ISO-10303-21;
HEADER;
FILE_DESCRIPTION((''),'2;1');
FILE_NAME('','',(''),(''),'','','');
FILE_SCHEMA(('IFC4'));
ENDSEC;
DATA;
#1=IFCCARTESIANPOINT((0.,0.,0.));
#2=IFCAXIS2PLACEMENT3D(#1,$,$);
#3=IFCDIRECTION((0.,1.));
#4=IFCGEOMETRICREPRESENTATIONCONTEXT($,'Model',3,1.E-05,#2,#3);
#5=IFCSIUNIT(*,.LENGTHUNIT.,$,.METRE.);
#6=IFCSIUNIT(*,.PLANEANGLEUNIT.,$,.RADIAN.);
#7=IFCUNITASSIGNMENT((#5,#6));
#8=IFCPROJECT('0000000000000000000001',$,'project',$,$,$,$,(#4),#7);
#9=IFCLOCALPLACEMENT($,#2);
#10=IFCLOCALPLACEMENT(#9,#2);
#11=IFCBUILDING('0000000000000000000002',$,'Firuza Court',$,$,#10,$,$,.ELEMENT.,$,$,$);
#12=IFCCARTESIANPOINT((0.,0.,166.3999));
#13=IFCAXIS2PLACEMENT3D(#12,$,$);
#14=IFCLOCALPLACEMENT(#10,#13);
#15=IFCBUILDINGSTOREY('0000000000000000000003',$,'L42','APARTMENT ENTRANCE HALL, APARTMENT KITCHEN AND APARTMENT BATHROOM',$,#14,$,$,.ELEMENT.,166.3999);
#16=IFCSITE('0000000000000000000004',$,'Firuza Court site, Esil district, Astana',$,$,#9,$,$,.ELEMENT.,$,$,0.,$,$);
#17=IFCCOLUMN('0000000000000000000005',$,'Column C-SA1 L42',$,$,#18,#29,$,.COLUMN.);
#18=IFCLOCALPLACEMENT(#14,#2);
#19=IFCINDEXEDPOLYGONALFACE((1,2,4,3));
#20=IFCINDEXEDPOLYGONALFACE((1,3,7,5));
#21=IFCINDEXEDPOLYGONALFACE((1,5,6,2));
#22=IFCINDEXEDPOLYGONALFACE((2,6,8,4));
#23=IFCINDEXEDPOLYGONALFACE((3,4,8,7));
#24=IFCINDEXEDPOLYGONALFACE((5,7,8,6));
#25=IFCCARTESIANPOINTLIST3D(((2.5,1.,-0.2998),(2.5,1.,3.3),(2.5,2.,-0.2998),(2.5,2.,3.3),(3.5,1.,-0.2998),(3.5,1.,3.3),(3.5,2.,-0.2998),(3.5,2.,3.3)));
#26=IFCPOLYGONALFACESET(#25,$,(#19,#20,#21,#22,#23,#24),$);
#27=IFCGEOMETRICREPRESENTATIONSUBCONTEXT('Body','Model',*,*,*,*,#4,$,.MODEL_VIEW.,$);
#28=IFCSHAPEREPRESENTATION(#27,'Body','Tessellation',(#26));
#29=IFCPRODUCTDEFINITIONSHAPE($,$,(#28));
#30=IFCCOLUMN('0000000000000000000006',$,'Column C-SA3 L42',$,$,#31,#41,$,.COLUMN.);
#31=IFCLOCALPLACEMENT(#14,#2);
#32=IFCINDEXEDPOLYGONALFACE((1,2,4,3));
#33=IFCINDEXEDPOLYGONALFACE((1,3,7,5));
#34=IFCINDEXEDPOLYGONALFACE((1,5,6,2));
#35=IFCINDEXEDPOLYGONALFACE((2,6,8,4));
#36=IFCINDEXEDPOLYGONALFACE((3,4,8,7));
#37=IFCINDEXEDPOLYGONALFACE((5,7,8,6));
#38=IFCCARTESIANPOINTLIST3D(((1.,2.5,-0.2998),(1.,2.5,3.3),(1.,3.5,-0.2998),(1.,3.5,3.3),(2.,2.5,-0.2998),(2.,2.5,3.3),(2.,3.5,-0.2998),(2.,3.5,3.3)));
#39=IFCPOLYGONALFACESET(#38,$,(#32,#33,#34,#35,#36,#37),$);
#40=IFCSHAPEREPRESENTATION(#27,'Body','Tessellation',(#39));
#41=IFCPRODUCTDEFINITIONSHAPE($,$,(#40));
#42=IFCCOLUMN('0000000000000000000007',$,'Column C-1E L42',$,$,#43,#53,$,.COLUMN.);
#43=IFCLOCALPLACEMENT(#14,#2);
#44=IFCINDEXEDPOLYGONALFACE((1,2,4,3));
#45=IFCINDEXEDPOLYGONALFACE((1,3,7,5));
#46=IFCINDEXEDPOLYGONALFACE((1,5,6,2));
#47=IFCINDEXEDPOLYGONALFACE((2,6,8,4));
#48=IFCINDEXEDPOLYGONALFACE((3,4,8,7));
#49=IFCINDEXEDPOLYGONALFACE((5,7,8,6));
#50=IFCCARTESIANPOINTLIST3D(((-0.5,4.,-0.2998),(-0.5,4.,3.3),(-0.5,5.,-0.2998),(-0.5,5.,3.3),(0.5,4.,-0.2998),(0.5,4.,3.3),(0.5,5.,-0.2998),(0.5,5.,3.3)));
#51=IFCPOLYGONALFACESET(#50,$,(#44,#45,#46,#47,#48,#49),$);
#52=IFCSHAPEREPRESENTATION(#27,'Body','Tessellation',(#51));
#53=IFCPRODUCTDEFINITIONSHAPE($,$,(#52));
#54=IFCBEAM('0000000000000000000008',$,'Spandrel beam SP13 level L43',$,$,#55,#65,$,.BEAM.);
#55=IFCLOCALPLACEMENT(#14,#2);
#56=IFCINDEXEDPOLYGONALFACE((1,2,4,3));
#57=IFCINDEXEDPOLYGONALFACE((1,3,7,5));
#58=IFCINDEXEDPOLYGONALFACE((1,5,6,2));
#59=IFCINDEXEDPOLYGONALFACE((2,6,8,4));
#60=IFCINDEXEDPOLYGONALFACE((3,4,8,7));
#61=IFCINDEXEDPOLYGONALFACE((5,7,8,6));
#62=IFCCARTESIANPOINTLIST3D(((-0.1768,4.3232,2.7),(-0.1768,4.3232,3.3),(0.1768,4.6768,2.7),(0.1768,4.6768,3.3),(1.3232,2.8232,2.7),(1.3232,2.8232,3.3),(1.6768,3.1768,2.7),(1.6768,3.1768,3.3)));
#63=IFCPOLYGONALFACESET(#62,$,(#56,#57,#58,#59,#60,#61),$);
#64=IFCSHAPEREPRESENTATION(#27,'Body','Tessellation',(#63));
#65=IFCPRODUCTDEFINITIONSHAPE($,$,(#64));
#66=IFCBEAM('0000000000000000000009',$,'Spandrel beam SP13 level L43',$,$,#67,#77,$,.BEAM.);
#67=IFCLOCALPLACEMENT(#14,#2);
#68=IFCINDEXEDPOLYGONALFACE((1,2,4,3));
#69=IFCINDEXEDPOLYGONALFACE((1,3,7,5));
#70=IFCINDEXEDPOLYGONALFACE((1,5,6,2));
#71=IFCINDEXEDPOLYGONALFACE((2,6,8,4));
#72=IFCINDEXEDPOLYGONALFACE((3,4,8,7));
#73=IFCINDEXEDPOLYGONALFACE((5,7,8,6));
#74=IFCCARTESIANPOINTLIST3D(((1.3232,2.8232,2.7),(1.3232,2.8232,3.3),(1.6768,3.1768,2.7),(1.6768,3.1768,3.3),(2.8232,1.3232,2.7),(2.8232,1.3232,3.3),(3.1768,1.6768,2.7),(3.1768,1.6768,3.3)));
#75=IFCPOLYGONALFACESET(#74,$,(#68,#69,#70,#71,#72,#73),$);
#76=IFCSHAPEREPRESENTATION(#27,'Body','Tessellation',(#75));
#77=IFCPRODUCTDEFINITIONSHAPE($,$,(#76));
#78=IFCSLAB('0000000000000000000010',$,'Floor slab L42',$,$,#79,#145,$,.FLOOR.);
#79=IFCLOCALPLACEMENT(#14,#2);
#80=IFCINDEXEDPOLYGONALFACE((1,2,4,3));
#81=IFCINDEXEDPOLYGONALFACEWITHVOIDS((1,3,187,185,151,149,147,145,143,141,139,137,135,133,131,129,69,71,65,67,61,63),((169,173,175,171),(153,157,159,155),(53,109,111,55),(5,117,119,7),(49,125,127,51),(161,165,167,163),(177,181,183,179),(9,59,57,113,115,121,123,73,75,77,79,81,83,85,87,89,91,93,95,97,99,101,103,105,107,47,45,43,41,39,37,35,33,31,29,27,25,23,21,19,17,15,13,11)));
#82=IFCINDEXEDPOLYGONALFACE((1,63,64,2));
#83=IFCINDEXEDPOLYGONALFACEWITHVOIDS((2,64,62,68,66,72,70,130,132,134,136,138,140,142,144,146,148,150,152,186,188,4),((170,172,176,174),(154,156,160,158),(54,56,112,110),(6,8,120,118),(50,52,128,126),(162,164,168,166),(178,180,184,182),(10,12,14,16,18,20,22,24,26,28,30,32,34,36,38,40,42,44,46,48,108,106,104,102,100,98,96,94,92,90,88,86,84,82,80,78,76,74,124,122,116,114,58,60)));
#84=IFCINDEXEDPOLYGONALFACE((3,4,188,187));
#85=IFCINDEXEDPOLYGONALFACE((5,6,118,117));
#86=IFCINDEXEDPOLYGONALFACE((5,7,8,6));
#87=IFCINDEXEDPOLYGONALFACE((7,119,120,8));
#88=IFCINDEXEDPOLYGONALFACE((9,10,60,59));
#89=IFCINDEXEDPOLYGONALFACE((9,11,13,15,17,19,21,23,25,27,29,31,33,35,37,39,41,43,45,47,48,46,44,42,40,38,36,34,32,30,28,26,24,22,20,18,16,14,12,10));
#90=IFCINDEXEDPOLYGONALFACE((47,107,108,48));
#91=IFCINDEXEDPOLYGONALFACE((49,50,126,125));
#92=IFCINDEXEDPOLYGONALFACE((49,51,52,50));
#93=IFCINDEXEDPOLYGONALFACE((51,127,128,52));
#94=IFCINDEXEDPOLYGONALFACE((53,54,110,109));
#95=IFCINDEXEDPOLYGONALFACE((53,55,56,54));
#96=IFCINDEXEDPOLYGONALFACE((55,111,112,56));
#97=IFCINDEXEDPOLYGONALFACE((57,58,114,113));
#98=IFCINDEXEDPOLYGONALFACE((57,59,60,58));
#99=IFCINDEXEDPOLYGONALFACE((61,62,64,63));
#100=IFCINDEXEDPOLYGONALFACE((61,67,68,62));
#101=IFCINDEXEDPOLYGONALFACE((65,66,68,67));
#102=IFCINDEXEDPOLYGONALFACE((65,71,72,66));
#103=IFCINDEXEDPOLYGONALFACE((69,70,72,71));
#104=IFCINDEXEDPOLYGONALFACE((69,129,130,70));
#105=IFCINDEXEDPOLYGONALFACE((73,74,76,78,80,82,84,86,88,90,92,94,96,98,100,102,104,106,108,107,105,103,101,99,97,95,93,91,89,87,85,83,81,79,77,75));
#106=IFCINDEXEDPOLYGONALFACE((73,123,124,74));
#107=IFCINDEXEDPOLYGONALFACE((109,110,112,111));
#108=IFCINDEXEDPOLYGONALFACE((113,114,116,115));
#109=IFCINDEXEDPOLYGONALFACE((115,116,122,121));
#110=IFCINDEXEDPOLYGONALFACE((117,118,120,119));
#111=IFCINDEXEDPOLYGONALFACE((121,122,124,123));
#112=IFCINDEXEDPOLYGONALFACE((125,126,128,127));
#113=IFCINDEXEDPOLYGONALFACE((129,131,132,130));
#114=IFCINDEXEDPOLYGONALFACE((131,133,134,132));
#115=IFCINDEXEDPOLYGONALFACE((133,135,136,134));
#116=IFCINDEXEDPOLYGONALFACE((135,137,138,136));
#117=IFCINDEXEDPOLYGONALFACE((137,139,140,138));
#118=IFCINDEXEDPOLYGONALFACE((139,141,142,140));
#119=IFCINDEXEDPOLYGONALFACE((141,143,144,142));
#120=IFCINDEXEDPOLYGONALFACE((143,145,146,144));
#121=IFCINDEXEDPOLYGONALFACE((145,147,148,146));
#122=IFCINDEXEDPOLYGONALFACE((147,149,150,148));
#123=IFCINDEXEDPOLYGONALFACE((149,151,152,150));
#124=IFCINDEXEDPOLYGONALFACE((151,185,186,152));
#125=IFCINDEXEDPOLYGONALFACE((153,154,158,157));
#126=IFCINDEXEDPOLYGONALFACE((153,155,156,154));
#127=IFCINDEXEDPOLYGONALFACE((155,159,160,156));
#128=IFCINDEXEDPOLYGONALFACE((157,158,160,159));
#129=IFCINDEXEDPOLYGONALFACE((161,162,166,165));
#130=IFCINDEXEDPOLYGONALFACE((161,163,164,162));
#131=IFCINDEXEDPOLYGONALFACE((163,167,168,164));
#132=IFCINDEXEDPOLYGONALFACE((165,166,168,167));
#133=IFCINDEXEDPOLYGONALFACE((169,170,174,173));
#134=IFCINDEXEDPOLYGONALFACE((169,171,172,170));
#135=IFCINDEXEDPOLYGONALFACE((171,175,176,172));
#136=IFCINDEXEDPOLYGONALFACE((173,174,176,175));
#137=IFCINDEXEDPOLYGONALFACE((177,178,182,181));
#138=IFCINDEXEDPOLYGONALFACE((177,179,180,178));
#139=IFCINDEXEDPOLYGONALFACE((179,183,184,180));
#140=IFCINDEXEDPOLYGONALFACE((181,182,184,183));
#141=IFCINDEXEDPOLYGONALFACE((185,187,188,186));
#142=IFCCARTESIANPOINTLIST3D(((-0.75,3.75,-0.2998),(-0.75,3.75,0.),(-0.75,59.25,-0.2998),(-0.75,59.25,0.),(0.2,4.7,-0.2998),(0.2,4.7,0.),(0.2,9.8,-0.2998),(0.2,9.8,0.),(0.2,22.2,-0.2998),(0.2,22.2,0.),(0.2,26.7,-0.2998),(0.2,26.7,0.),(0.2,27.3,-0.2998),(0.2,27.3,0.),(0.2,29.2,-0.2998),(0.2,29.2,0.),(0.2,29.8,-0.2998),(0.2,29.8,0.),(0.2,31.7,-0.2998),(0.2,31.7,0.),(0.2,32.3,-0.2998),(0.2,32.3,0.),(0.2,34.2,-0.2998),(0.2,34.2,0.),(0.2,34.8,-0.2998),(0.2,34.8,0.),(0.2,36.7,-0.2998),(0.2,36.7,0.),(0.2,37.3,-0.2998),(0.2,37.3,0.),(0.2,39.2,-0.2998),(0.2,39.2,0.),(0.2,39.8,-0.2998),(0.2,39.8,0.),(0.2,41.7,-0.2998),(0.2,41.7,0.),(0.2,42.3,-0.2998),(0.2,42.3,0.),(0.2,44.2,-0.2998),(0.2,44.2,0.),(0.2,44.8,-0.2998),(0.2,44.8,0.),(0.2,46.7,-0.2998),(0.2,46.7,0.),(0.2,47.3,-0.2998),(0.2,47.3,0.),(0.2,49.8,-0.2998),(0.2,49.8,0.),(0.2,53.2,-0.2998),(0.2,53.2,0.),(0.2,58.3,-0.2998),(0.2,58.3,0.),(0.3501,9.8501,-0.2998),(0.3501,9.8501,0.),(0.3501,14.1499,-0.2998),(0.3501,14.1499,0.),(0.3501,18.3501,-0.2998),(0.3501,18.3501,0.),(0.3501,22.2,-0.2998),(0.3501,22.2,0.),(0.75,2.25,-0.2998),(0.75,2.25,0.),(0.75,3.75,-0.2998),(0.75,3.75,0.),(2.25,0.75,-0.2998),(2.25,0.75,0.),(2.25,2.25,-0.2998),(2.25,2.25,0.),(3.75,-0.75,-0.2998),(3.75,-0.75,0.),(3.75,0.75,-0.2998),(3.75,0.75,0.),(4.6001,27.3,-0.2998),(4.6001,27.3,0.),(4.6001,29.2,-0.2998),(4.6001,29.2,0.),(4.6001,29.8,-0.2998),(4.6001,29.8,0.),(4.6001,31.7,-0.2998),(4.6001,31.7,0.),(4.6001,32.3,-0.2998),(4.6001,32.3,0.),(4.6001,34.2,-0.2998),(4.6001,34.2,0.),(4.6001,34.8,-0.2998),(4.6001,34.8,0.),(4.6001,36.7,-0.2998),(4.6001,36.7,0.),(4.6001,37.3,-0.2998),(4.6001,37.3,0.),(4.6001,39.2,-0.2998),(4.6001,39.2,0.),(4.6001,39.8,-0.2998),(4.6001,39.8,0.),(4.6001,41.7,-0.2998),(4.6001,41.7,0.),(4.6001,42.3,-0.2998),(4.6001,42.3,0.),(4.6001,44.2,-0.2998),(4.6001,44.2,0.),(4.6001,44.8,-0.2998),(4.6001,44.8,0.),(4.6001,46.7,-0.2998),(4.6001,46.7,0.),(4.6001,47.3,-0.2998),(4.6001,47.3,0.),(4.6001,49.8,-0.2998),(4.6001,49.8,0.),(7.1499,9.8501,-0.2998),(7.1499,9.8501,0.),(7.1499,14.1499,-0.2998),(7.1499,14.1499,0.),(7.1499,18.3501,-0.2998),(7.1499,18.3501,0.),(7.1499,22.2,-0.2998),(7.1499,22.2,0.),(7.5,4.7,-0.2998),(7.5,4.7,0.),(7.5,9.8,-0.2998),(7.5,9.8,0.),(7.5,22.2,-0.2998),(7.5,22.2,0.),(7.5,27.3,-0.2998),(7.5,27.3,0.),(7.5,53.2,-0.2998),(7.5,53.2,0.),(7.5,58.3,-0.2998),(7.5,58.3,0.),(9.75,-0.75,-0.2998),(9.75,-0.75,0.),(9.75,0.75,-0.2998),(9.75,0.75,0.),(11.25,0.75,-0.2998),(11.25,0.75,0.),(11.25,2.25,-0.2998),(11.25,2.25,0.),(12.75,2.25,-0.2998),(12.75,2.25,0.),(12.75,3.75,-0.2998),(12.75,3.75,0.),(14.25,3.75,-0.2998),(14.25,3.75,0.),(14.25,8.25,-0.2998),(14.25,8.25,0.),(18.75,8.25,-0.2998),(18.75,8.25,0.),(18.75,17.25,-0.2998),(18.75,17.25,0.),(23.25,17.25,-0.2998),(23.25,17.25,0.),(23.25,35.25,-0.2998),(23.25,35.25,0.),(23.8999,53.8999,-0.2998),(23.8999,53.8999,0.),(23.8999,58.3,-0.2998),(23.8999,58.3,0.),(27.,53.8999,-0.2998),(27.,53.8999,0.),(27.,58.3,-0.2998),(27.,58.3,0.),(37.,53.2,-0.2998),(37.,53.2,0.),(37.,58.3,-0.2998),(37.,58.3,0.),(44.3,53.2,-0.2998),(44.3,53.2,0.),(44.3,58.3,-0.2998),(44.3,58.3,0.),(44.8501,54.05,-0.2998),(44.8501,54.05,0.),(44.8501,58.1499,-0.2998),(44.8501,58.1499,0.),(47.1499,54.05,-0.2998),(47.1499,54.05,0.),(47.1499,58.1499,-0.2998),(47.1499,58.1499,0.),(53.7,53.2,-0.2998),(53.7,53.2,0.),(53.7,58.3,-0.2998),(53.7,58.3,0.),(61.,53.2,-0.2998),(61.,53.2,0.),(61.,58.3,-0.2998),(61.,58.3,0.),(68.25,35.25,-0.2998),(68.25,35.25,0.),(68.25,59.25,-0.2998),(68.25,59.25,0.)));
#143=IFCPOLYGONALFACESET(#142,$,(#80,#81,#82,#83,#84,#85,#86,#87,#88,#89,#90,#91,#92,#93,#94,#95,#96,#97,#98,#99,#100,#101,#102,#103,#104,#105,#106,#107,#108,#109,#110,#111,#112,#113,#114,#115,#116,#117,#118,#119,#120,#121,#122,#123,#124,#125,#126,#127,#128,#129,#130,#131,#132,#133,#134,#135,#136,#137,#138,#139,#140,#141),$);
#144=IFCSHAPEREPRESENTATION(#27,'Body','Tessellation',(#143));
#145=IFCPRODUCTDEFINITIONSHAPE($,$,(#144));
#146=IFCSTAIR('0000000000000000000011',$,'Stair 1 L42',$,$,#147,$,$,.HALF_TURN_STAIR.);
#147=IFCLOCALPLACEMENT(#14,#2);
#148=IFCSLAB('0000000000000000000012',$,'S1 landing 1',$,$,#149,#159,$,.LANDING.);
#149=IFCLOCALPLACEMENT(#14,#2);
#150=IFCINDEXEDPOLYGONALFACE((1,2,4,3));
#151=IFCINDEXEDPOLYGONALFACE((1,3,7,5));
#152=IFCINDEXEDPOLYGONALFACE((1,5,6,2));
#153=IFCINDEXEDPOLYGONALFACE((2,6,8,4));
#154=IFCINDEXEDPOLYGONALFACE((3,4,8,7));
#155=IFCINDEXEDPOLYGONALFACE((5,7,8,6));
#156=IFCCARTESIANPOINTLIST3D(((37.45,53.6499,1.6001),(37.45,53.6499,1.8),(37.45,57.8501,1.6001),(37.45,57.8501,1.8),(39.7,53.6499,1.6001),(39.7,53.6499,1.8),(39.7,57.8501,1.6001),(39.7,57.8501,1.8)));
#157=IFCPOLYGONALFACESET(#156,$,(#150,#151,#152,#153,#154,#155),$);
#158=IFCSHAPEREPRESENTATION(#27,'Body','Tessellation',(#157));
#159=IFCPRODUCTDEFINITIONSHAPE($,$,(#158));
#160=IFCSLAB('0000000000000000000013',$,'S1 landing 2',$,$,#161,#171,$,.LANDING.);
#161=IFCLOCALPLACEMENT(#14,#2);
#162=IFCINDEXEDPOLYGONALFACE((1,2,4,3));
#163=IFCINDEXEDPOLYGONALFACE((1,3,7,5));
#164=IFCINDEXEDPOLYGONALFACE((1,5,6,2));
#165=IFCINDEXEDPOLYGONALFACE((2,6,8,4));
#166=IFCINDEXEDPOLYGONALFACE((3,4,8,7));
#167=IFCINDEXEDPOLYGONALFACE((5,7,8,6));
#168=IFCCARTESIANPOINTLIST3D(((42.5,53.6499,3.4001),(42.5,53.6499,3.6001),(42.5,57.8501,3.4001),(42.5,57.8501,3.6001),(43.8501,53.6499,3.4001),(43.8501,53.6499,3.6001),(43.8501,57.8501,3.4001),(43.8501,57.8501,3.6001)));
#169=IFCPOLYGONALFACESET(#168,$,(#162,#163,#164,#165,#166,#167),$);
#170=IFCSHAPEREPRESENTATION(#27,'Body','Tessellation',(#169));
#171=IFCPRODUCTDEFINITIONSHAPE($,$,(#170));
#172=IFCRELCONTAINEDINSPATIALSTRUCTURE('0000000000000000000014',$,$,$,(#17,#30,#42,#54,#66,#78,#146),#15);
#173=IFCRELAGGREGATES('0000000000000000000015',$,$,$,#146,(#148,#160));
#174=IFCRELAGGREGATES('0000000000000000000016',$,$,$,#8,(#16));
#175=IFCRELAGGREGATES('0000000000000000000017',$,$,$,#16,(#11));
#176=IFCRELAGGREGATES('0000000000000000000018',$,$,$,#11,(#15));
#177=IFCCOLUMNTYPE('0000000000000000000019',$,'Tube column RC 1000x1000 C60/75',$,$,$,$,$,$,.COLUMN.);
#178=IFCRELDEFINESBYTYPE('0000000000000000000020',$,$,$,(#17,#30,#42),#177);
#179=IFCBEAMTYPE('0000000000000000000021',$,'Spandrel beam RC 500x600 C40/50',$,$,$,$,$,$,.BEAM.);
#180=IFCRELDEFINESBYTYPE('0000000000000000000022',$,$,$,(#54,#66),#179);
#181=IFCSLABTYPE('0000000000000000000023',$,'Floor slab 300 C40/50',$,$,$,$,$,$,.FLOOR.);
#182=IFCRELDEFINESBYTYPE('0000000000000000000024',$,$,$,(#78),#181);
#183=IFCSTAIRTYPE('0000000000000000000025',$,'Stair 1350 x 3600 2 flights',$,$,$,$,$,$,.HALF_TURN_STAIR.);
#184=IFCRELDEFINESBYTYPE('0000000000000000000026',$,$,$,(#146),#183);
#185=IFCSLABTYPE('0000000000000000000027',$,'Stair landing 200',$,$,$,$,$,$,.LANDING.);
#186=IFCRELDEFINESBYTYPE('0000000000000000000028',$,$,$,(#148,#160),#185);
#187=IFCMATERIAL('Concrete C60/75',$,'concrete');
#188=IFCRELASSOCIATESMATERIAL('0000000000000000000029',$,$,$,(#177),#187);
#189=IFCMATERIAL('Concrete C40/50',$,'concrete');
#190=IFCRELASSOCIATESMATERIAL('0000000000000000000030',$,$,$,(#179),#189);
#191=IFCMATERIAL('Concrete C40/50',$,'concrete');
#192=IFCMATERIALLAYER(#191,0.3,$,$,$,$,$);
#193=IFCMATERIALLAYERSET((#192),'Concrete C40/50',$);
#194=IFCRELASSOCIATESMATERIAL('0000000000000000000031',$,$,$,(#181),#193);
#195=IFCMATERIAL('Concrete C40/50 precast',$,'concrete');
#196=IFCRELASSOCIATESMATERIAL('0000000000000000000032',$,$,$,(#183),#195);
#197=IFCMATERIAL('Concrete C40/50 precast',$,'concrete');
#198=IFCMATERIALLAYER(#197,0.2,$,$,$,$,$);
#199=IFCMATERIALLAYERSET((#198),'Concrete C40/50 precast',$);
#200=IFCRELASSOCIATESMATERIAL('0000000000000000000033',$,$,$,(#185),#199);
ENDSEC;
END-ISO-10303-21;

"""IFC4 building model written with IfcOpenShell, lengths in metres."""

from ifc_helpers import new_model, si_unit, direction, frame, origin, origin_2d, place, context, subcontext, project, spatial, polyline, rectangle, outline, extrude, material, layer, layer_set, material_profile, profile_set, type_object, element, aggregate, save


model = new_model("IFC4")

# Units and contexts
model_context = context("Model", 3, precision=1e-05, world=origin(), true_north=direction((0.0, 1.0)))
body_context = subcontext(model_context, "Body", "Model", "MODEL_VIEW")
ifc_project = project(units=[si_unit("LENGTHUNIT", "METRE"), si_unit("PLANEANGLEUNIT", "RADIAN")], contexts=[model_context])

# Site, building, storey
site_placement = place(None, origin())
site = spatial("IfcSite", under=ifc_project, at=site_placement, Name="Firuza Court site, Esil district, Astana", CompositionType="ELEMENT", RefElevation=0.0)
building_placement = place(site_placement, origin())
building = spatial("IfcBuilding", under=site, at=building_placement, Name="Firuza Court", CompositionType="ELEMENT")
storey_placement = place(building_placement, frame((0.0, 0.0, 166.3999)))
storey = spatial("IfcBuildingStorey", under=building, at=storey_placement, Name="L42", Description="APARTMENT ENTRANCE HALL, APARTMENT KITCHEN AND APARTMENT BATHROOM", CompositionType="ELEMENT", Elevation=166.3999)

# Columns
ifc_material_1 = material(Name="Concrete C60/75", Category="concrete")
ifc_material_profile_1 = material_profile(ifc_material_1, rectangle(XDim=1.0, YDim=1.0, at=origin_2d()), Name="RC 1000x1000")
ifc_profile_set_1 = profile_set([ifc_material_profile_1], Name="Concrete C60/75")
column_type = type_object("IfcColumnType", Name="Tube column RC 1000x1000 C60/75", PredefinedType="COLUMN", material=ifc_profile_set_1)
for number, where, z_axis, x_axis, name in (
    (1, (3.0, 1.5, -0.2998), (0.0, 0.0, 1.0), (1.0, 0.0, 0.0), "Column C-SA1 L42"),
    (2, (1.5, 3.0, -0.2998), (0.0, 0.0, 1.0), (1.0, 0.0, 0.0), "Column C-SA3 L42"),
    (3, (0.0, 4.5, -0.2998), (0.0, 0.0, 1.0), (1.0, 0.0, 0.0), "Column C-1E L42"),
):
    element("IfcColumn", number, at=place(storey_placement, frame(where, z_axis=z_axis, x_axis=x_axis)), inside=storey, type_object=column_type, Name=name, PredefinedType="COLUMN", context=body_context, shape_type="SweptSolid", body=[
        extrude(rectangle(XDim=1.0, YDim=1.0, at=origin_2d()), origin(), (0.0, 0.0, 1.0), 3.5999),
    ])

# Beams
ifc_material_2 = material(Name="Concrete C40/50", Category="concrete")
ifc_material_profile_2 = material_profile(ifc_material_2, rectangle(XDim=0.5, YDim=0.6001, at=origin_2d()), Name="RC 500x600")
ifc_profile_set_2 = profile_set([ifc_material_profile_2], Name="Concrete C40/50")
beam_type = type_object("IfcBeamType", Name="Spandrel beam RC 500x600 C40/50", PredefinedType="BEAM", material=ifc_profile_set_2)
for number, where, z_axis, x_axis, name in (
    (4, (0.0, 4.5, 3.0), (0.707107, -0.707107, 0.0), (0.707107, 0.707107, 0.0), "Spandrel beam SP13 level L43"),
    (5, (1.5, 3.0, 3.0), (0.707107, -0.707107, 0.0), (0.707107, 0.707107, 0.0), "Spandrel beam SP13 level L43"),
):
    element("IfcBeam", number, at=place(storey_placement, frame(where, z_axis=z_axis, x_axis=x_axis)), inside=storey, type_object=beam_type, Name=name, PredefinedType="BEAM", context=body_context, shape_type="SweptSolid", body=[
        extrude(rectangle(XDim=0.5, YDim=0.6001, at=origin_2d()), origin(), (0.0, 0.0, 1.0), 2.1213),
    ])

# Slab
ifc_material_3 = material(Name="Concrete C40/50", Category="concrete")
ifc_layer_1 = layer(ifc_material_3, 0.3)
ifc_layer_set_1 = layer_set([ifc_layer_1], Name="Concrete C40/50")
slab_type_1 = type_object("IfcSlabType", Name="Floor slab 300 C40/50", PredefinedType="FLOOR", material=ifc_layer_set_1)
slab_1_placement = place(storey_placement, frame((0.0, 0.0, -0.2998)))
element("IfcSlab", 6, at=slab_1_placement, inside=storey, type_object=slab_type_1, Name="Floor slab L42", PredefinedType="FLOOR", context=body_context, shape_type="SweptSolid", body=[
    extrude(outline(polyline([(3.75, -0.75), (3.75, 0.75), (2.25, 0.75), (2.25, 2.25), (0.75, 2.25), (0.75, 3.75), (-0.75, 3.75), (-0.75, 59.25), (68.25, 59.25), (68.25, 35.25), (23.25, 35.25), (23.25, 17.25), (18.75, 17.25), (18.75, 8.25), (14.25, 8.25), (14.25, 3.75), (12.75, 3.75), (12.75, 2.25), (11.25, 2.25), (11.25, 0.75), (9.75, 0.75), (9.75, -0.75), (3.75, -0.75)]), holes=[polyline([(0.2, 29.8), (0.2, 29.2), (0.2, 27.3), (0.2, 26.7), (0.2, 22.2), (0.3501, 22.2), (0.3501, 18.3501), (7.1499, 18.3501), (7.1499, 22.2), (7.5, 22.2), (7.5, 27.3), (4.6001, 27.3), (4.6001, 29.2), (4.6001, 29.8), (4.6001, 31.7), (4.6001, 32.3), (4.6001, 34.2), (4.6001, 34.8), (4.6001, 36.7), (4.6001, 37.3), (4.6001, 39.2), (4.6001, 39.8), (4.6001, 41.7), (4.6001, 42.3), (4.6001, 44.2), (4.6001, 44.8), (4.6001, 46.7), (4.6001, 47.3), (4.6001, 49.8), (0.2, 49.8), (0.2, 47.3), (0.2, 46.7), (0.2, 44.8), (0.2, 44.2), (0.2, 42.3), (0.2, 41.7), (0.2, 39.8), (0.2, 39.2), (0.2, 37.3), (0.2, 36.7), (0.2, 34.8), (0.2, 34.2), (0.2, 32.3), (0.2, 31.7), (0.2, 29.8)]), polyline([(7.5, 9.8), (0.2, 9.8), (0.2, 4.7), (7.5, 4.7), (7.5, 9.8)]), polyline([(7.1499, 14.1499), (0.3501, 14.1499), (0.3501, 9.8501), (7.1499, 9.8501), (7.1499, 14.1499)]), polyline([(7.5, 58.3), (0.2, 58.3), (0.2, 53.2), (7.5, 53.2), (7.5, 58.3)]), polyline([(44.3, 58.3), (37.0, 58.3), (37.0, 53.2), (44.3, 53.2), (44.3, 58.3)]), polyline([(61.0, 58.3), (53.7, 58.3), (53.7, 53.2), (61.0, 53.2), (61.0, 58.3)]), polyline([(27.0, 53.8999), (27.0, 58.3), (23.8999, 58.3), (23.8999, 53.8999), (27.0, 53.8999)]), polyline([(47.1499, 54.05), (47.1499, 58.1499), (44.8501, 58.1499), (44.8501, 54.05), (47.1499, 54.05)])]), origin(), (0.0, 0.0, 1.0), 0.2998),
])

# Stair, slabs
ifc_material_4 = material(Name="Concrete C40/50 precast", Category="concrete")
stair_type = type_object("IfcStairType", Name="Stair 1350 x 3600 2 flights", PredefinedType="HALF_TURN_STAIR", material=ifc_material_4)
stair_1_placement = place(storey_placement, origin())
stair_1 = element("IfcStair", 7, at=stair_1_placement, inside=storey, type_object=stair_type, Name="Stair 1 L42", PredefinedType="HALF_TURN_STAIR")
ifc_material_5 = material(Name="Concrete C40/50 precast", Category="concrete")
ifc_layer_2 = layer(ifc_material_5, 0.2)
ifc_layer_set_2 = layer_set([ifc_layer_2], Name="Concrete C40/50 precast")
slab_type_2 = type_object("IfcSlabType", Name="Stair landing 200", PredefinedType="LANDING", material=ifc_layer_set_2)
slab_2_placement = place(storey_placement, frame((0.0, 0.0, 1.6001)))
slab_2 = element("IfcSlab", 8, at=slab_2_placement, type_object=slab_type_2, Name="S1 landing 1", PredefinedType="LANDING", context=body_context, shape_type="SweptSolid", body=[
    extrude(outline(polyline([(39.7, 53.6499), (39.7, 57.8501), (37.45, 57.8501), (37.45, 53.6499), (39.7, 53.6499)])), origin(), (0.0, 0.0, 1.0), 0.2),
])
slab_3_placement = place(storey_placement, frame((0.0, 0.0, 3.4001)))
slab_3 = element("IfcSlab", 9, at=slab_3_placement, type_object=slab_type_2, Name="S1 landing 2", PredefinedType="LANDING", context=body_context, shape_type="SweptSolid", body=[
    extrude(outline(polyline([(43.8501, 53.6499), (43.8501, 57.8501), (42.5, 57.8501), (42.5, 53.6499), (43.8501, 53.6499)])), origin(), (0.0, 0.0, 1.0), 0.2),
])
aggregate(stair_1, [slab_2, slab_3])

save(model, "model.ifc")
